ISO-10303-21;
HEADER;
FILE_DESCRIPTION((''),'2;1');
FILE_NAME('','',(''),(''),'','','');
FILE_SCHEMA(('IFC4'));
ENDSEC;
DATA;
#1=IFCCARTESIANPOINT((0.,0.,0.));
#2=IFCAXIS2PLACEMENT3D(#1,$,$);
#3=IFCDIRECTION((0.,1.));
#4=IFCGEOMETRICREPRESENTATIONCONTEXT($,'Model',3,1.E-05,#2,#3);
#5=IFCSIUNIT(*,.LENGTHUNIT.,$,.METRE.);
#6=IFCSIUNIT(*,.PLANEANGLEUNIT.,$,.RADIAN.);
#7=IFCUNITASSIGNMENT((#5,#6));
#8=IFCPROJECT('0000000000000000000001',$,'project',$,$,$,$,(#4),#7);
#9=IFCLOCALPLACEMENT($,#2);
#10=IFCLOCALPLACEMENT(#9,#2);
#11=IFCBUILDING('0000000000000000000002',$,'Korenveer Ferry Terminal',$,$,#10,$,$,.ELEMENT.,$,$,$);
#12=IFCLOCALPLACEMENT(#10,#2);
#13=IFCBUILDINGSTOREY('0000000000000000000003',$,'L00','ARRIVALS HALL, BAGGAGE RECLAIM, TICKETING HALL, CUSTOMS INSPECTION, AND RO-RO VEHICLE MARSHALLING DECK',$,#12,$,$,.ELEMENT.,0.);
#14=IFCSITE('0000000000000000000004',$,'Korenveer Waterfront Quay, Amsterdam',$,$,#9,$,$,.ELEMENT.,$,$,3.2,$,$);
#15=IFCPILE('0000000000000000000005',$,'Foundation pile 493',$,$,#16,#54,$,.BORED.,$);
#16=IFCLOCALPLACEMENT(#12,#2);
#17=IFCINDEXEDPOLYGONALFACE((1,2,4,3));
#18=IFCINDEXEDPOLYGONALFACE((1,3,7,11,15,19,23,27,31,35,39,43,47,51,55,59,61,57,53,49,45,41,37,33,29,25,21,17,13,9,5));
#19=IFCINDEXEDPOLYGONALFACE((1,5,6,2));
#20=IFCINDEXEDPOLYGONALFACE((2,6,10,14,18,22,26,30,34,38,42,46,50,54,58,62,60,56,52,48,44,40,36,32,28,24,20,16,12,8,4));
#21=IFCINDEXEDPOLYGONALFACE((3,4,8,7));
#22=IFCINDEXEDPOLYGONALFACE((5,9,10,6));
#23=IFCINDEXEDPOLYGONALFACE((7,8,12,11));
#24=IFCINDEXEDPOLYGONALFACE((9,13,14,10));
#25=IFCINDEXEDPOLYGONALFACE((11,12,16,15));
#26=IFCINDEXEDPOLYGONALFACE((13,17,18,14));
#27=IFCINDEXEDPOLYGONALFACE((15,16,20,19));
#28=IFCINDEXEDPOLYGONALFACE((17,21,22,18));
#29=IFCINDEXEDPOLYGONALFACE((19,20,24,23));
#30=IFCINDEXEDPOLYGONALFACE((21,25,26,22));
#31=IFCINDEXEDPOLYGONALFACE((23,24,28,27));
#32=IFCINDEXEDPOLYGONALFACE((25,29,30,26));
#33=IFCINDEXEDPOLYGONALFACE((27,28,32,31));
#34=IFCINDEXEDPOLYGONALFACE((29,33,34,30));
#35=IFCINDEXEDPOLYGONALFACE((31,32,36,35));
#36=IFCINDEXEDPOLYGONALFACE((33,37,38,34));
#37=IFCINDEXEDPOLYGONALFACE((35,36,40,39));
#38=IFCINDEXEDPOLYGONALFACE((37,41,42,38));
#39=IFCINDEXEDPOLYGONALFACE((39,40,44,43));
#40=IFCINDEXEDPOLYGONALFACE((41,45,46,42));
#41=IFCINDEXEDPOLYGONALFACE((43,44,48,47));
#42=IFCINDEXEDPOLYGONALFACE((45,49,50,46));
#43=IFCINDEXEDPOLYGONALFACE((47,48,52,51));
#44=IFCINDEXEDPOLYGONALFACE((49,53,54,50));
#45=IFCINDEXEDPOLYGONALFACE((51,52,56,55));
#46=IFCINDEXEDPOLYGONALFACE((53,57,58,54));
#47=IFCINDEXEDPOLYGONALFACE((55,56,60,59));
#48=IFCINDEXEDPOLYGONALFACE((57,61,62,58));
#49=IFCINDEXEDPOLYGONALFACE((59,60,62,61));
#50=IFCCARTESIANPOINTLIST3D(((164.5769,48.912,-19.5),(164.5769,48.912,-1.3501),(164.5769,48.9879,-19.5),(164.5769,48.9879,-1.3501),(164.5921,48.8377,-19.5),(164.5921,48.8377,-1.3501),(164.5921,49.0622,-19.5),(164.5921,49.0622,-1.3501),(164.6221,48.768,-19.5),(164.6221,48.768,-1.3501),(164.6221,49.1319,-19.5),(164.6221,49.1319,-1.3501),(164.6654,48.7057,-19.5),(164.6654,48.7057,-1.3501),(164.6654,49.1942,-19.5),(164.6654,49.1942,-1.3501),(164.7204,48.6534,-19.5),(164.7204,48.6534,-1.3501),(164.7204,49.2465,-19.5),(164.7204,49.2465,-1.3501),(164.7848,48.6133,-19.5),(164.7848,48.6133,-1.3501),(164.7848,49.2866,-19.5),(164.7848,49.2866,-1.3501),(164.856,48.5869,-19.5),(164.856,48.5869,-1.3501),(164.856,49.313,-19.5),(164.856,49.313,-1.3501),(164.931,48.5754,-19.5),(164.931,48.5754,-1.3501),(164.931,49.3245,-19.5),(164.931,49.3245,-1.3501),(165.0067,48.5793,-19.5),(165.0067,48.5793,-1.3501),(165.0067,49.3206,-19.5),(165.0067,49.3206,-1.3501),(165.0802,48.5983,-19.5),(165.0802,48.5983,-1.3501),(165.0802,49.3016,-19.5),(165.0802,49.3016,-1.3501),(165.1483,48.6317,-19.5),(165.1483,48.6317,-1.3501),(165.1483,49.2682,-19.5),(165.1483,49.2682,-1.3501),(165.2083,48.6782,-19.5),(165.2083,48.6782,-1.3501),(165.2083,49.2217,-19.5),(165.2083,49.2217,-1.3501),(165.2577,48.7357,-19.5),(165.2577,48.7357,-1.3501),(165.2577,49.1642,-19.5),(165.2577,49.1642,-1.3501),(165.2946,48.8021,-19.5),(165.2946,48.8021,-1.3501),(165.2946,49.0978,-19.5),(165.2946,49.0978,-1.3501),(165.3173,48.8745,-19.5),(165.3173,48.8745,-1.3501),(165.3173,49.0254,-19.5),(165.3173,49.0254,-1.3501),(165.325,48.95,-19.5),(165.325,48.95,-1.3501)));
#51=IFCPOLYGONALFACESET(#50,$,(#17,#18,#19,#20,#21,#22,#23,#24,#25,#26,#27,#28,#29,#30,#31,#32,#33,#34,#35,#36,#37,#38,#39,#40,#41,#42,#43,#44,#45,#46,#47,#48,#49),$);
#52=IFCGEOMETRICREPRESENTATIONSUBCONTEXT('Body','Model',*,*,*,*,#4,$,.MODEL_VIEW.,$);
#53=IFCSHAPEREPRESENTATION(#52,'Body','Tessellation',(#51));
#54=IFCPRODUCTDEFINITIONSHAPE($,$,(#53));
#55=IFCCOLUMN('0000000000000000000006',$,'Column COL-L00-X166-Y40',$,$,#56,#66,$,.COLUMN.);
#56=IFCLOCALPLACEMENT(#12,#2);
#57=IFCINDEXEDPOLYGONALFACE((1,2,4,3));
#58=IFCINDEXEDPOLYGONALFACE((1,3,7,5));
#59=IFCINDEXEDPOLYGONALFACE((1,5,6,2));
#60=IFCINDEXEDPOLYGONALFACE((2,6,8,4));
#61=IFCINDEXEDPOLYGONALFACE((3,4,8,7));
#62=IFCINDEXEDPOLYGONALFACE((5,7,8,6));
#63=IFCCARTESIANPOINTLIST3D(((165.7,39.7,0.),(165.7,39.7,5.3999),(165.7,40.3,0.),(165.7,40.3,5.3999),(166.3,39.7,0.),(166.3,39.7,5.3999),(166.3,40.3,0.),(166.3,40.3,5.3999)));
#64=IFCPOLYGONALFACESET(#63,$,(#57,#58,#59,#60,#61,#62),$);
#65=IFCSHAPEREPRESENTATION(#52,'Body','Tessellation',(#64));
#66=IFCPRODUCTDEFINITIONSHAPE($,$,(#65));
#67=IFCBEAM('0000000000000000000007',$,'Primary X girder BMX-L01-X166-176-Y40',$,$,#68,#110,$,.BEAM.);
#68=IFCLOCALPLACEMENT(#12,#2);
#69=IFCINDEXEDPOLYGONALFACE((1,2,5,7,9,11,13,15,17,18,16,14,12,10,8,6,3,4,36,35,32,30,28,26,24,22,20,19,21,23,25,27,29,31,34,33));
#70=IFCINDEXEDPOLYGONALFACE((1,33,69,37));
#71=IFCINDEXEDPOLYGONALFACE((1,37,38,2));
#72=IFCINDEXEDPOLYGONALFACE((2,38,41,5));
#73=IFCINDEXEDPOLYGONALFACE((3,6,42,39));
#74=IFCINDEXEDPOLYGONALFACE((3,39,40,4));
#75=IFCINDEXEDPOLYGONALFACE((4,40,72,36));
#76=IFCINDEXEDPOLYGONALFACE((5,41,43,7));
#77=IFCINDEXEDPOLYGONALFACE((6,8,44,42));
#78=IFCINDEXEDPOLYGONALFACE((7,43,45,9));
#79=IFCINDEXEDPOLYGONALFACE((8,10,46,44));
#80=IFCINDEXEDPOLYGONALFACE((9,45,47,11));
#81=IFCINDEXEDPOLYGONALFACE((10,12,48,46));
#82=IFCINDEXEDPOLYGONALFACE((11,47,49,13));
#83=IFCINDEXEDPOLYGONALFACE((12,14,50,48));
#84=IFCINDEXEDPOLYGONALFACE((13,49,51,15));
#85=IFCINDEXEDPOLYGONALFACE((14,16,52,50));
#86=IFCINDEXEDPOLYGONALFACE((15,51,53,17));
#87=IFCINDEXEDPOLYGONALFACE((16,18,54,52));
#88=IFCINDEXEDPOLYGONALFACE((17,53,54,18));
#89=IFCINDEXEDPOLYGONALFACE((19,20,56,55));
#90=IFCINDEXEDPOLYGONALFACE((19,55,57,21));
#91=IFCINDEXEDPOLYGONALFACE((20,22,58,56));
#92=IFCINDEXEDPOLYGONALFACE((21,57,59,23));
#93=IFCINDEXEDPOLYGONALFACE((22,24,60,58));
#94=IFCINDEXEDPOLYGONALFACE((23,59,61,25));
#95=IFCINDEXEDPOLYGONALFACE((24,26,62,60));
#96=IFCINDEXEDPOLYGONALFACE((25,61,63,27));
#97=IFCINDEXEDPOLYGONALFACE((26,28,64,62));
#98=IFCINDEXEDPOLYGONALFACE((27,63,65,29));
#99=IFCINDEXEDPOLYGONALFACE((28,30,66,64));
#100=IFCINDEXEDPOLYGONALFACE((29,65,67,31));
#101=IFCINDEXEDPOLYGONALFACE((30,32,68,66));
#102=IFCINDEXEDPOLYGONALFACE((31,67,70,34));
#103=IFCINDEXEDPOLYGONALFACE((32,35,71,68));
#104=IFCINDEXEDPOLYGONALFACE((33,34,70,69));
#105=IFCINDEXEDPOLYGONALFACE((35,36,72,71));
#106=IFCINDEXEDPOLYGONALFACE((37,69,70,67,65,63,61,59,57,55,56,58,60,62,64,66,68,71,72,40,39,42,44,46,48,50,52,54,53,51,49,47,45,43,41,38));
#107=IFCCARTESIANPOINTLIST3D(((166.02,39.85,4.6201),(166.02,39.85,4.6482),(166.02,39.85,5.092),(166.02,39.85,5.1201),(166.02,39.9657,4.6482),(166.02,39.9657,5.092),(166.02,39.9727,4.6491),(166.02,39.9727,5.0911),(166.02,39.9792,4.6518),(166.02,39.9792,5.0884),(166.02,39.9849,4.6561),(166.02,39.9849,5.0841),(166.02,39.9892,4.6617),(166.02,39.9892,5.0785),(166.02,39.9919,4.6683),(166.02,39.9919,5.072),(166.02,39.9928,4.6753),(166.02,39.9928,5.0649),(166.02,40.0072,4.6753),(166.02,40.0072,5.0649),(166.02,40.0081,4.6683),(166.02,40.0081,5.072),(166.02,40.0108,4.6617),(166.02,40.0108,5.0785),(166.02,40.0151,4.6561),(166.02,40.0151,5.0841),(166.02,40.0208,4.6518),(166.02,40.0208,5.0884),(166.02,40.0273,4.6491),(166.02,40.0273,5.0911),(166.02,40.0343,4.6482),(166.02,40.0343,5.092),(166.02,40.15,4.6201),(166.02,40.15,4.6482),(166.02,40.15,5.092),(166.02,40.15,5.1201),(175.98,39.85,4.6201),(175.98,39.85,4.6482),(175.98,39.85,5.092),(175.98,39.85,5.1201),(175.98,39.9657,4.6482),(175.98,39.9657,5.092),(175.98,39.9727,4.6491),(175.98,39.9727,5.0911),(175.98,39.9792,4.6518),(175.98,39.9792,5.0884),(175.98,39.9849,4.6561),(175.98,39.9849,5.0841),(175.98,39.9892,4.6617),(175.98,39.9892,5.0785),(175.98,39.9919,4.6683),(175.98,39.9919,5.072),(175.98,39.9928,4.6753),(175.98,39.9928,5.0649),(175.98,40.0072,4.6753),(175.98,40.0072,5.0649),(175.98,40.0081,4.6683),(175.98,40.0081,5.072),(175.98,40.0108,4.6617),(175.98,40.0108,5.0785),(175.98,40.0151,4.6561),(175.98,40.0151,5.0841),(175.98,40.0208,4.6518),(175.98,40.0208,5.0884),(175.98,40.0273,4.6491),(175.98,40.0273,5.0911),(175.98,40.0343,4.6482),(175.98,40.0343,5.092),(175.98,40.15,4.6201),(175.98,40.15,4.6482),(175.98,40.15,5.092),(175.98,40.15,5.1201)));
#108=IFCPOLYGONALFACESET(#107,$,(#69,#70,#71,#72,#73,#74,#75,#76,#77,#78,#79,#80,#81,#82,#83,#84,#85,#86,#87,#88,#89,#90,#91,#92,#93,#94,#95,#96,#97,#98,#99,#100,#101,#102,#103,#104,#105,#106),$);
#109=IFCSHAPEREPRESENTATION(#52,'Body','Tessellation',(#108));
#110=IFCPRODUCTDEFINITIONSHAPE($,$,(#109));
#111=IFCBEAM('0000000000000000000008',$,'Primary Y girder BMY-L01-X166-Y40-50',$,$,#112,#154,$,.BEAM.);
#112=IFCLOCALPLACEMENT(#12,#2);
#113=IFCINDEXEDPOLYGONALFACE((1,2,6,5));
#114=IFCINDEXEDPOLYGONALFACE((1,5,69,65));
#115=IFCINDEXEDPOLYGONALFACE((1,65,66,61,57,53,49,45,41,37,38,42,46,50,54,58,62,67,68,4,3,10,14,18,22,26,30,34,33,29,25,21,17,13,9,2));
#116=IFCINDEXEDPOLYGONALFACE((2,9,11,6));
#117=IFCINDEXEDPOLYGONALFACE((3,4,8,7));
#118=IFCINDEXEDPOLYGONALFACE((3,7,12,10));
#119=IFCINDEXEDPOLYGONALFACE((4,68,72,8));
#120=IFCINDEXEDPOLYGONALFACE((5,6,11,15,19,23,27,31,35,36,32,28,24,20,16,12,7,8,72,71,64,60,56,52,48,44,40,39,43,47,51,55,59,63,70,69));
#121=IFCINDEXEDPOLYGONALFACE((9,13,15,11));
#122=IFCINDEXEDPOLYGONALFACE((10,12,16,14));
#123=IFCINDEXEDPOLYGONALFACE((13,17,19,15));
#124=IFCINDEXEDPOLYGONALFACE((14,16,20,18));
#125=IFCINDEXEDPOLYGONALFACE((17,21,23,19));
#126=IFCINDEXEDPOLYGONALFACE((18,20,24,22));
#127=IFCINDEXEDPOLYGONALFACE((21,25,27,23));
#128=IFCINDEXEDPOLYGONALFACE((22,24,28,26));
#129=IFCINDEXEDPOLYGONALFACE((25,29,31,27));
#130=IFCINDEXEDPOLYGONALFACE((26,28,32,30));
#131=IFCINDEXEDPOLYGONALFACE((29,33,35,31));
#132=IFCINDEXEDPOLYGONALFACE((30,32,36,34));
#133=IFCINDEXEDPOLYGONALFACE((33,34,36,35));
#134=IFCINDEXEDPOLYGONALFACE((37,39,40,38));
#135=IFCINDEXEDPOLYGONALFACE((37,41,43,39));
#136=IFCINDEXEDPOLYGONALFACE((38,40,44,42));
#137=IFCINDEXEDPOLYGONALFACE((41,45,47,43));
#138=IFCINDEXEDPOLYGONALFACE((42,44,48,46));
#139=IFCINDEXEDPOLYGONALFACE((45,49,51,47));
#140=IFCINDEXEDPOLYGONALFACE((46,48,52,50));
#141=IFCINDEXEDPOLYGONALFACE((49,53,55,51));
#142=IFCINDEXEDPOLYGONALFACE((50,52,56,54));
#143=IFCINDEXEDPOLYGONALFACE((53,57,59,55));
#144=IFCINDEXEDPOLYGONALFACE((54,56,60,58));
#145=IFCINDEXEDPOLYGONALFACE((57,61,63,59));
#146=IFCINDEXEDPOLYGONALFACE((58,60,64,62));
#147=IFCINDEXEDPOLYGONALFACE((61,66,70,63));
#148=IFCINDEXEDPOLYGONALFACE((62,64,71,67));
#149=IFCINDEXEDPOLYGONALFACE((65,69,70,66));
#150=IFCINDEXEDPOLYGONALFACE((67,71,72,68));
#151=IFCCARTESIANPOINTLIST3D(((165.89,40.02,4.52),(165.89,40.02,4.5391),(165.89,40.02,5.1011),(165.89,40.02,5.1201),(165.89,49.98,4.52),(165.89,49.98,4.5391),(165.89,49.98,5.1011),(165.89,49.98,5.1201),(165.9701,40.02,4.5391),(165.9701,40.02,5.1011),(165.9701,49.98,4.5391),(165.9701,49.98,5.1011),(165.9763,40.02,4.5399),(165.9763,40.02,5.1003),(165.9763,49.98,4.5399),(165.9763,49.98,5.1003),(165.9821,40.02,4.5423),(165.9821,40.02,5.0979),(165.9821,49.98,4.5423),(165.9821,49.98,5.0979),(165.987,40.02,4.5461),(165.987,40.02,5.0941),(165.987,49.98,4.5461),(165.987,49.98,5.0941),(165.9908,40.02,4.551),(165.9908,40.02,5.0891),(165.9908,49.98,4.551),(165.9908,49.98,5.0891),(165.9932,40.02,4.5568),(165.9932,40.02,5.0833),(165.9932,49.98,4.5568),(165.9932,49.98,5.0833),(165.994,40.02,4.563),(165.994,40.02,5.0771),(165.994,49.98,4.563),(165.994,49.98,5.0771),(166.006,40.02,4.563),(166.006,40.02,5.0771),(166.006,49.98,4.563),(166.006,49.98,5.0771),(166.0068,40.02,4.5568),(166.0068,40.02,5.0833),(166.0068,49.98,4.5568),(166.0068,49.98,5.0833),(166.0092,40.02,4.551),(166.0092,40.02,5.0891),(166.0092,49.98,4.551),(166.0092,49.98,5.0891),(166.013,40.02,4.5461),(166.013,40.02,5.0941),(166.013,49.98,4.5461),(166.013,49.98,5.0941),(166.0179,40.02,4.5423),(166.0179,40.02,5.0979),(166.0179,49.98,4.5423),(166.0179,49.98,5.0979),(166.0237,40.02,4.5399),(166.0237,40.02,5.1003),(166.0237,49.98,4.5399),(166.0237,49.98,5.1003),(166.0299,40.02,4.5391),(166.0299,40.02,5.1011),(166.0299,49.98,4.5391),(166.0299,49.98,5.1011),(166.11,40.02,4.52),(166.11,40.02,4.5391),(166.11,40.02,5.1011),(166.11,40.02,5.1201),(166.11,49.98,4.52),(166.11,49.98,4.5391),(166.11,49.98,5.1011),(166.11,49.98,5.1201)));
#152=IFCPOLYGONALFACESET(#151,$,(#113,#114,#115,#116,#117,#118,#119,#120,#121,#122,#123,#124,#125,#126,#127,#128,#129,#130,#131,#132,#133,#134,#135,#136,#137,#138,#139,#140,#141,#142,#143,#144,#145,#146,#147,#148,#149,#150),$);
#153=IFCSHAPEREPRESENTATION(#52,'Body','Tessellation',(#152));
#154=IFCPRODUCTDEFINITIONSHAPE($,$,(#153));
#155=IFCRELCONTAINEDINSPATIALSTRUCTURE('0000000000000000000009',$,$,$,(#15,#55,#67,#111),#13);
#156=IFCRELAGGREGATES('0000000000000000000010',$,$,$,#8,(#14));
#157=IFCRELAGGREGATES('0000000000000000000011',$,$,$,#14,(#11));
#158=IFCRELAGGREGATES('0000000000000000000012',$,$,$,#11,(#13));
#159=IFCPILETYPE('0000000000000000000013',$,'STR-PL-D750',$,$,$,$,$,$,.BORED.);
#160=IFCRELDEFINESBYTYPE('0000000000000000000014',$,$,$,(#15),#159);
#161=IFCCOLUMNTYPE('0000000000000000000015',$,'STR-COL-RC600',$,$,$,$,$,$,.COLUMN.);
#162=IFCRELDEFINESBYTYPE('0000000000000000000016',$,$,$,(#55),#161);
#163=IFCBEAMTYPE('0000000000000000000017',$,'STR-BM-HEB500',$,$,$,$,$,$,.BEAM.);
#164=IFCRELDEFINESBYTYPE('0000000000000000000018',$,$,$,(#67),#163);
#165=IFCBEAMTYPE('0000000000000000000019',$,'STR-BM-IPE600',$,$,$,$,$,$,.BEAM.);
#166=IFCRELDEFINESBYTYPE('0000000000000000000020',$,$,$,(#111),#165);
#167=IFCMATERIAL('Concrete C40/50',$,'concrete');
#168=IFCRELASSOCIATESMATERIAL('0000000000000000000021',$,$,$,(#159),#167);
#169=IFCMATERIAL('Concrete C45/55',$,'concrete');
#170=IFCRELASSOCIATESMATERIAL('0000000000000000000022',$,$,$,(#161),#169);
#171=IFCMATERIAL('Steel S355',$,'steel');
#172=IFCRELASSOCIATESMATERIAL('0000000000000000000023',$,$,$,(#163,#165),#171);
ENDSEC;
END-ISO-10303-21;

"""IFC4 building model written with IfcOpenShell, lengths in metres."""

from ifc_helpers import new_model, si_unit, direction, frame, origin, origin_2d, place, context, subcontext, project, spatial, rectangle, circle, i_section, extrude, material, material_profile, profile_set, type_object, element, save


model = new_model("IFC4")

# Units and contexts
model_context = context("Model", 3, precision=1e-05, world=origin(), true_north=direction((0.0, 1.0)))
body_context = subcontext(model_context, "Body", "Model", "MODEL_VIEW")
ifc_project = project(units=[si_unit("LENGTHUNIT", "METRE"), si_unit("PLANEANGLEUNIT", "RADIAN")], contexts=[model_context])

# Site, building, storey
site_placement = place(None, origin())
site = spatial("IfcSite", under=ifc_project, at=site_placement, Name="Korenveer Waterfront Quay, Amsterdam", CompositionType="ELEMENT", RefElevation=3.2)
building_placement = place(site_placement, origin())
building = spatial("IfcBuilding", under=site, at=building_placement, Name="Korenveer Ferry Terminal", CompositionType="ELEMENT")
storey_placement = place(building_placement, origin())
storey = spatial("IfcBuildingStorey", under=building, at=storey_placement, Name="L00", Description="ARRIVALS HALL, BAGGAGE RECLAIM, TICKETING HALL, CUSTOMS INSPECTION, AND RO-RO VEHICLE MARSHALLING DECK", CompositionType="ELEMENT", Elevation=0.0)

# Shared definitions
ifc_material_1 = material(Name="Concrete C40/50", Category="concrete")
ifc_material_2 = material(Name="Concrete C45/55", Category="concrete")

# Pile
ifc_material_profile_1 = material_profile(ifc_material_1, circle(Radius=0.375, at=origin_2d()), Name="PILE D750")
ifc_profile_set_1 = profile_set([ifc_material_profile_1], Name="Concrete C40/50")
pile_type = type_object("IfcPileType", Name="STR-PL-D750", PredefinedType="BORED", material=ifc_profile_set_1)
pile_placement = place(storey_placement, frame((164.95, 48.95, -1.3501), z_axis=(0.0, 0.0, -1.0), x_axis=(1.0, 0.0, 0.0)))
element("IfcPile", 1, at=pile_placement, inside=storey, type_object=pile_type, Name="Foundation pile 493", PredefinedType="BORED", context=body_context, shape_type="SweptSolid", body=[
    extrude(circle(Radius=0.375, at=origin_2d()), origin(), (0.0, 0.0, 1.0), 18.1499),
])

# Column
ifc_material_profile_2 = material_profile(ifc_material_2, rectangle(XDim=0.6001, YDim=0.6001, at=origin_2d()), Name="RC 600x600")
ifc_profile_set_2 = profile_set([ifc_material_profile_2], Name="Concrete C45/55")
column_type = type_object("IfcColumnType", Name="STR-COL-RC600", PredefinedType="COLUMN", material=ifc_profile_set_2)
column_placement = place(storey_placement, frame((166.0, 40.0, 0.0), z_axis=(0.0, 0.0, 1.0), x_axis=(1.0, 0.0, 0.0)))
element("IfcColumn", 2, at=column_placement, inside=storey, type_object=column_type, Name="Column COL-L00-X166-Y40", PredefinedType="COLUMN", context=body_context, shape_type="SweptSolid", body=[
    extrude(rectangle(XDim=0.6001, YDim=0.6001, at=origin_2d()), origin(), (0.0, 0.0, 1.0), 5.3999),
])

# Beams
ifc_material_3 = material(Name="Steel S355", Category="steel")
ifc_material_profile_3 = material_profile(ifc_material_3, i_section(OverallWidth=0.3, OverallDepth=0.5, WebThickness=0.0144, FlangeThickness=0.0281, FilletRadius=0.0271, at=origin_2d()), Name="HEB 500")
ifc_profile_set_3 = profile_set([ifc_material_profile_3], Name="Steel S355")
beam_type_1 = type_object("IfcBeamType", Name="STR-BM-HEB500", PredefinedType="BEAM", material=ifc_profile_set_3)
beam_1_placement = place(storey_placement, frame((166.02, 40.0, 4.8701), z_axis=(1.0, 0.0, 0.0), x_axis=(0.0, 1.0, 0.0)))
element("IfcBeam", 3, at=beam_1_placement, inside=storey, type_object=beam_type_1, Name="Primary X girder BMX-L01-X166-176-Y40", PredefinedType="BEAM", context=body_context, shape_type="SweptSolid", body=[
    extrude(i_section(OverallWidth=0.3, OverallDepth=0.5, WebThickness=0.0144, FlangeThickness=0.0281, FilletRadius=0.0271, at=origin_2d()), origin(), (0.0, 0.0, 1.0), 9.96),
])
ifc_material_profile_4 = material_profile(ifc_material_3, i_section(OverallWidth=0.22, OverallDepth=0.6001, WebThickness=0.012, FlangeThickness=0.019, FilletRadius=0.0239, at=origin_2d()), Name="IPE 600")
ifc_profile_set_4 = profile_set([ifc_material_profile_4], Name="Steel S355")
beam_type_2 = type_object("IfcBeamType", Name="STR-BM-IPE600", PredefinedType="BEAM", material=ifc_profile_set_4)
beam_2_placement = place(storey_placement, frame((166.0, 40.02, 4.8201), z_axis=(0.0, 1.0, 0.0), x_axis=(-1.0, 0.0, 0.0)))
element("IfcBeam", 4, at=beam_2_placement, inside=storey, type_object=beam_type_2, Name="Primary Y girder BMY-L01-X166-Y40-50", PredefinedType="BEAM", context=body_context, shape_type="SweptSolid", body=[
    extrude(i_section(OverallWidth=0.22, OverallDepth=0.6001, WebThickness=0.012, FlangeThickness=0.019, FilletRadius=0.0239, at=origin_2d()), origin(), (0.0, 0.0, 1.0), 9.96),
])

save(model, "model.ifc")
